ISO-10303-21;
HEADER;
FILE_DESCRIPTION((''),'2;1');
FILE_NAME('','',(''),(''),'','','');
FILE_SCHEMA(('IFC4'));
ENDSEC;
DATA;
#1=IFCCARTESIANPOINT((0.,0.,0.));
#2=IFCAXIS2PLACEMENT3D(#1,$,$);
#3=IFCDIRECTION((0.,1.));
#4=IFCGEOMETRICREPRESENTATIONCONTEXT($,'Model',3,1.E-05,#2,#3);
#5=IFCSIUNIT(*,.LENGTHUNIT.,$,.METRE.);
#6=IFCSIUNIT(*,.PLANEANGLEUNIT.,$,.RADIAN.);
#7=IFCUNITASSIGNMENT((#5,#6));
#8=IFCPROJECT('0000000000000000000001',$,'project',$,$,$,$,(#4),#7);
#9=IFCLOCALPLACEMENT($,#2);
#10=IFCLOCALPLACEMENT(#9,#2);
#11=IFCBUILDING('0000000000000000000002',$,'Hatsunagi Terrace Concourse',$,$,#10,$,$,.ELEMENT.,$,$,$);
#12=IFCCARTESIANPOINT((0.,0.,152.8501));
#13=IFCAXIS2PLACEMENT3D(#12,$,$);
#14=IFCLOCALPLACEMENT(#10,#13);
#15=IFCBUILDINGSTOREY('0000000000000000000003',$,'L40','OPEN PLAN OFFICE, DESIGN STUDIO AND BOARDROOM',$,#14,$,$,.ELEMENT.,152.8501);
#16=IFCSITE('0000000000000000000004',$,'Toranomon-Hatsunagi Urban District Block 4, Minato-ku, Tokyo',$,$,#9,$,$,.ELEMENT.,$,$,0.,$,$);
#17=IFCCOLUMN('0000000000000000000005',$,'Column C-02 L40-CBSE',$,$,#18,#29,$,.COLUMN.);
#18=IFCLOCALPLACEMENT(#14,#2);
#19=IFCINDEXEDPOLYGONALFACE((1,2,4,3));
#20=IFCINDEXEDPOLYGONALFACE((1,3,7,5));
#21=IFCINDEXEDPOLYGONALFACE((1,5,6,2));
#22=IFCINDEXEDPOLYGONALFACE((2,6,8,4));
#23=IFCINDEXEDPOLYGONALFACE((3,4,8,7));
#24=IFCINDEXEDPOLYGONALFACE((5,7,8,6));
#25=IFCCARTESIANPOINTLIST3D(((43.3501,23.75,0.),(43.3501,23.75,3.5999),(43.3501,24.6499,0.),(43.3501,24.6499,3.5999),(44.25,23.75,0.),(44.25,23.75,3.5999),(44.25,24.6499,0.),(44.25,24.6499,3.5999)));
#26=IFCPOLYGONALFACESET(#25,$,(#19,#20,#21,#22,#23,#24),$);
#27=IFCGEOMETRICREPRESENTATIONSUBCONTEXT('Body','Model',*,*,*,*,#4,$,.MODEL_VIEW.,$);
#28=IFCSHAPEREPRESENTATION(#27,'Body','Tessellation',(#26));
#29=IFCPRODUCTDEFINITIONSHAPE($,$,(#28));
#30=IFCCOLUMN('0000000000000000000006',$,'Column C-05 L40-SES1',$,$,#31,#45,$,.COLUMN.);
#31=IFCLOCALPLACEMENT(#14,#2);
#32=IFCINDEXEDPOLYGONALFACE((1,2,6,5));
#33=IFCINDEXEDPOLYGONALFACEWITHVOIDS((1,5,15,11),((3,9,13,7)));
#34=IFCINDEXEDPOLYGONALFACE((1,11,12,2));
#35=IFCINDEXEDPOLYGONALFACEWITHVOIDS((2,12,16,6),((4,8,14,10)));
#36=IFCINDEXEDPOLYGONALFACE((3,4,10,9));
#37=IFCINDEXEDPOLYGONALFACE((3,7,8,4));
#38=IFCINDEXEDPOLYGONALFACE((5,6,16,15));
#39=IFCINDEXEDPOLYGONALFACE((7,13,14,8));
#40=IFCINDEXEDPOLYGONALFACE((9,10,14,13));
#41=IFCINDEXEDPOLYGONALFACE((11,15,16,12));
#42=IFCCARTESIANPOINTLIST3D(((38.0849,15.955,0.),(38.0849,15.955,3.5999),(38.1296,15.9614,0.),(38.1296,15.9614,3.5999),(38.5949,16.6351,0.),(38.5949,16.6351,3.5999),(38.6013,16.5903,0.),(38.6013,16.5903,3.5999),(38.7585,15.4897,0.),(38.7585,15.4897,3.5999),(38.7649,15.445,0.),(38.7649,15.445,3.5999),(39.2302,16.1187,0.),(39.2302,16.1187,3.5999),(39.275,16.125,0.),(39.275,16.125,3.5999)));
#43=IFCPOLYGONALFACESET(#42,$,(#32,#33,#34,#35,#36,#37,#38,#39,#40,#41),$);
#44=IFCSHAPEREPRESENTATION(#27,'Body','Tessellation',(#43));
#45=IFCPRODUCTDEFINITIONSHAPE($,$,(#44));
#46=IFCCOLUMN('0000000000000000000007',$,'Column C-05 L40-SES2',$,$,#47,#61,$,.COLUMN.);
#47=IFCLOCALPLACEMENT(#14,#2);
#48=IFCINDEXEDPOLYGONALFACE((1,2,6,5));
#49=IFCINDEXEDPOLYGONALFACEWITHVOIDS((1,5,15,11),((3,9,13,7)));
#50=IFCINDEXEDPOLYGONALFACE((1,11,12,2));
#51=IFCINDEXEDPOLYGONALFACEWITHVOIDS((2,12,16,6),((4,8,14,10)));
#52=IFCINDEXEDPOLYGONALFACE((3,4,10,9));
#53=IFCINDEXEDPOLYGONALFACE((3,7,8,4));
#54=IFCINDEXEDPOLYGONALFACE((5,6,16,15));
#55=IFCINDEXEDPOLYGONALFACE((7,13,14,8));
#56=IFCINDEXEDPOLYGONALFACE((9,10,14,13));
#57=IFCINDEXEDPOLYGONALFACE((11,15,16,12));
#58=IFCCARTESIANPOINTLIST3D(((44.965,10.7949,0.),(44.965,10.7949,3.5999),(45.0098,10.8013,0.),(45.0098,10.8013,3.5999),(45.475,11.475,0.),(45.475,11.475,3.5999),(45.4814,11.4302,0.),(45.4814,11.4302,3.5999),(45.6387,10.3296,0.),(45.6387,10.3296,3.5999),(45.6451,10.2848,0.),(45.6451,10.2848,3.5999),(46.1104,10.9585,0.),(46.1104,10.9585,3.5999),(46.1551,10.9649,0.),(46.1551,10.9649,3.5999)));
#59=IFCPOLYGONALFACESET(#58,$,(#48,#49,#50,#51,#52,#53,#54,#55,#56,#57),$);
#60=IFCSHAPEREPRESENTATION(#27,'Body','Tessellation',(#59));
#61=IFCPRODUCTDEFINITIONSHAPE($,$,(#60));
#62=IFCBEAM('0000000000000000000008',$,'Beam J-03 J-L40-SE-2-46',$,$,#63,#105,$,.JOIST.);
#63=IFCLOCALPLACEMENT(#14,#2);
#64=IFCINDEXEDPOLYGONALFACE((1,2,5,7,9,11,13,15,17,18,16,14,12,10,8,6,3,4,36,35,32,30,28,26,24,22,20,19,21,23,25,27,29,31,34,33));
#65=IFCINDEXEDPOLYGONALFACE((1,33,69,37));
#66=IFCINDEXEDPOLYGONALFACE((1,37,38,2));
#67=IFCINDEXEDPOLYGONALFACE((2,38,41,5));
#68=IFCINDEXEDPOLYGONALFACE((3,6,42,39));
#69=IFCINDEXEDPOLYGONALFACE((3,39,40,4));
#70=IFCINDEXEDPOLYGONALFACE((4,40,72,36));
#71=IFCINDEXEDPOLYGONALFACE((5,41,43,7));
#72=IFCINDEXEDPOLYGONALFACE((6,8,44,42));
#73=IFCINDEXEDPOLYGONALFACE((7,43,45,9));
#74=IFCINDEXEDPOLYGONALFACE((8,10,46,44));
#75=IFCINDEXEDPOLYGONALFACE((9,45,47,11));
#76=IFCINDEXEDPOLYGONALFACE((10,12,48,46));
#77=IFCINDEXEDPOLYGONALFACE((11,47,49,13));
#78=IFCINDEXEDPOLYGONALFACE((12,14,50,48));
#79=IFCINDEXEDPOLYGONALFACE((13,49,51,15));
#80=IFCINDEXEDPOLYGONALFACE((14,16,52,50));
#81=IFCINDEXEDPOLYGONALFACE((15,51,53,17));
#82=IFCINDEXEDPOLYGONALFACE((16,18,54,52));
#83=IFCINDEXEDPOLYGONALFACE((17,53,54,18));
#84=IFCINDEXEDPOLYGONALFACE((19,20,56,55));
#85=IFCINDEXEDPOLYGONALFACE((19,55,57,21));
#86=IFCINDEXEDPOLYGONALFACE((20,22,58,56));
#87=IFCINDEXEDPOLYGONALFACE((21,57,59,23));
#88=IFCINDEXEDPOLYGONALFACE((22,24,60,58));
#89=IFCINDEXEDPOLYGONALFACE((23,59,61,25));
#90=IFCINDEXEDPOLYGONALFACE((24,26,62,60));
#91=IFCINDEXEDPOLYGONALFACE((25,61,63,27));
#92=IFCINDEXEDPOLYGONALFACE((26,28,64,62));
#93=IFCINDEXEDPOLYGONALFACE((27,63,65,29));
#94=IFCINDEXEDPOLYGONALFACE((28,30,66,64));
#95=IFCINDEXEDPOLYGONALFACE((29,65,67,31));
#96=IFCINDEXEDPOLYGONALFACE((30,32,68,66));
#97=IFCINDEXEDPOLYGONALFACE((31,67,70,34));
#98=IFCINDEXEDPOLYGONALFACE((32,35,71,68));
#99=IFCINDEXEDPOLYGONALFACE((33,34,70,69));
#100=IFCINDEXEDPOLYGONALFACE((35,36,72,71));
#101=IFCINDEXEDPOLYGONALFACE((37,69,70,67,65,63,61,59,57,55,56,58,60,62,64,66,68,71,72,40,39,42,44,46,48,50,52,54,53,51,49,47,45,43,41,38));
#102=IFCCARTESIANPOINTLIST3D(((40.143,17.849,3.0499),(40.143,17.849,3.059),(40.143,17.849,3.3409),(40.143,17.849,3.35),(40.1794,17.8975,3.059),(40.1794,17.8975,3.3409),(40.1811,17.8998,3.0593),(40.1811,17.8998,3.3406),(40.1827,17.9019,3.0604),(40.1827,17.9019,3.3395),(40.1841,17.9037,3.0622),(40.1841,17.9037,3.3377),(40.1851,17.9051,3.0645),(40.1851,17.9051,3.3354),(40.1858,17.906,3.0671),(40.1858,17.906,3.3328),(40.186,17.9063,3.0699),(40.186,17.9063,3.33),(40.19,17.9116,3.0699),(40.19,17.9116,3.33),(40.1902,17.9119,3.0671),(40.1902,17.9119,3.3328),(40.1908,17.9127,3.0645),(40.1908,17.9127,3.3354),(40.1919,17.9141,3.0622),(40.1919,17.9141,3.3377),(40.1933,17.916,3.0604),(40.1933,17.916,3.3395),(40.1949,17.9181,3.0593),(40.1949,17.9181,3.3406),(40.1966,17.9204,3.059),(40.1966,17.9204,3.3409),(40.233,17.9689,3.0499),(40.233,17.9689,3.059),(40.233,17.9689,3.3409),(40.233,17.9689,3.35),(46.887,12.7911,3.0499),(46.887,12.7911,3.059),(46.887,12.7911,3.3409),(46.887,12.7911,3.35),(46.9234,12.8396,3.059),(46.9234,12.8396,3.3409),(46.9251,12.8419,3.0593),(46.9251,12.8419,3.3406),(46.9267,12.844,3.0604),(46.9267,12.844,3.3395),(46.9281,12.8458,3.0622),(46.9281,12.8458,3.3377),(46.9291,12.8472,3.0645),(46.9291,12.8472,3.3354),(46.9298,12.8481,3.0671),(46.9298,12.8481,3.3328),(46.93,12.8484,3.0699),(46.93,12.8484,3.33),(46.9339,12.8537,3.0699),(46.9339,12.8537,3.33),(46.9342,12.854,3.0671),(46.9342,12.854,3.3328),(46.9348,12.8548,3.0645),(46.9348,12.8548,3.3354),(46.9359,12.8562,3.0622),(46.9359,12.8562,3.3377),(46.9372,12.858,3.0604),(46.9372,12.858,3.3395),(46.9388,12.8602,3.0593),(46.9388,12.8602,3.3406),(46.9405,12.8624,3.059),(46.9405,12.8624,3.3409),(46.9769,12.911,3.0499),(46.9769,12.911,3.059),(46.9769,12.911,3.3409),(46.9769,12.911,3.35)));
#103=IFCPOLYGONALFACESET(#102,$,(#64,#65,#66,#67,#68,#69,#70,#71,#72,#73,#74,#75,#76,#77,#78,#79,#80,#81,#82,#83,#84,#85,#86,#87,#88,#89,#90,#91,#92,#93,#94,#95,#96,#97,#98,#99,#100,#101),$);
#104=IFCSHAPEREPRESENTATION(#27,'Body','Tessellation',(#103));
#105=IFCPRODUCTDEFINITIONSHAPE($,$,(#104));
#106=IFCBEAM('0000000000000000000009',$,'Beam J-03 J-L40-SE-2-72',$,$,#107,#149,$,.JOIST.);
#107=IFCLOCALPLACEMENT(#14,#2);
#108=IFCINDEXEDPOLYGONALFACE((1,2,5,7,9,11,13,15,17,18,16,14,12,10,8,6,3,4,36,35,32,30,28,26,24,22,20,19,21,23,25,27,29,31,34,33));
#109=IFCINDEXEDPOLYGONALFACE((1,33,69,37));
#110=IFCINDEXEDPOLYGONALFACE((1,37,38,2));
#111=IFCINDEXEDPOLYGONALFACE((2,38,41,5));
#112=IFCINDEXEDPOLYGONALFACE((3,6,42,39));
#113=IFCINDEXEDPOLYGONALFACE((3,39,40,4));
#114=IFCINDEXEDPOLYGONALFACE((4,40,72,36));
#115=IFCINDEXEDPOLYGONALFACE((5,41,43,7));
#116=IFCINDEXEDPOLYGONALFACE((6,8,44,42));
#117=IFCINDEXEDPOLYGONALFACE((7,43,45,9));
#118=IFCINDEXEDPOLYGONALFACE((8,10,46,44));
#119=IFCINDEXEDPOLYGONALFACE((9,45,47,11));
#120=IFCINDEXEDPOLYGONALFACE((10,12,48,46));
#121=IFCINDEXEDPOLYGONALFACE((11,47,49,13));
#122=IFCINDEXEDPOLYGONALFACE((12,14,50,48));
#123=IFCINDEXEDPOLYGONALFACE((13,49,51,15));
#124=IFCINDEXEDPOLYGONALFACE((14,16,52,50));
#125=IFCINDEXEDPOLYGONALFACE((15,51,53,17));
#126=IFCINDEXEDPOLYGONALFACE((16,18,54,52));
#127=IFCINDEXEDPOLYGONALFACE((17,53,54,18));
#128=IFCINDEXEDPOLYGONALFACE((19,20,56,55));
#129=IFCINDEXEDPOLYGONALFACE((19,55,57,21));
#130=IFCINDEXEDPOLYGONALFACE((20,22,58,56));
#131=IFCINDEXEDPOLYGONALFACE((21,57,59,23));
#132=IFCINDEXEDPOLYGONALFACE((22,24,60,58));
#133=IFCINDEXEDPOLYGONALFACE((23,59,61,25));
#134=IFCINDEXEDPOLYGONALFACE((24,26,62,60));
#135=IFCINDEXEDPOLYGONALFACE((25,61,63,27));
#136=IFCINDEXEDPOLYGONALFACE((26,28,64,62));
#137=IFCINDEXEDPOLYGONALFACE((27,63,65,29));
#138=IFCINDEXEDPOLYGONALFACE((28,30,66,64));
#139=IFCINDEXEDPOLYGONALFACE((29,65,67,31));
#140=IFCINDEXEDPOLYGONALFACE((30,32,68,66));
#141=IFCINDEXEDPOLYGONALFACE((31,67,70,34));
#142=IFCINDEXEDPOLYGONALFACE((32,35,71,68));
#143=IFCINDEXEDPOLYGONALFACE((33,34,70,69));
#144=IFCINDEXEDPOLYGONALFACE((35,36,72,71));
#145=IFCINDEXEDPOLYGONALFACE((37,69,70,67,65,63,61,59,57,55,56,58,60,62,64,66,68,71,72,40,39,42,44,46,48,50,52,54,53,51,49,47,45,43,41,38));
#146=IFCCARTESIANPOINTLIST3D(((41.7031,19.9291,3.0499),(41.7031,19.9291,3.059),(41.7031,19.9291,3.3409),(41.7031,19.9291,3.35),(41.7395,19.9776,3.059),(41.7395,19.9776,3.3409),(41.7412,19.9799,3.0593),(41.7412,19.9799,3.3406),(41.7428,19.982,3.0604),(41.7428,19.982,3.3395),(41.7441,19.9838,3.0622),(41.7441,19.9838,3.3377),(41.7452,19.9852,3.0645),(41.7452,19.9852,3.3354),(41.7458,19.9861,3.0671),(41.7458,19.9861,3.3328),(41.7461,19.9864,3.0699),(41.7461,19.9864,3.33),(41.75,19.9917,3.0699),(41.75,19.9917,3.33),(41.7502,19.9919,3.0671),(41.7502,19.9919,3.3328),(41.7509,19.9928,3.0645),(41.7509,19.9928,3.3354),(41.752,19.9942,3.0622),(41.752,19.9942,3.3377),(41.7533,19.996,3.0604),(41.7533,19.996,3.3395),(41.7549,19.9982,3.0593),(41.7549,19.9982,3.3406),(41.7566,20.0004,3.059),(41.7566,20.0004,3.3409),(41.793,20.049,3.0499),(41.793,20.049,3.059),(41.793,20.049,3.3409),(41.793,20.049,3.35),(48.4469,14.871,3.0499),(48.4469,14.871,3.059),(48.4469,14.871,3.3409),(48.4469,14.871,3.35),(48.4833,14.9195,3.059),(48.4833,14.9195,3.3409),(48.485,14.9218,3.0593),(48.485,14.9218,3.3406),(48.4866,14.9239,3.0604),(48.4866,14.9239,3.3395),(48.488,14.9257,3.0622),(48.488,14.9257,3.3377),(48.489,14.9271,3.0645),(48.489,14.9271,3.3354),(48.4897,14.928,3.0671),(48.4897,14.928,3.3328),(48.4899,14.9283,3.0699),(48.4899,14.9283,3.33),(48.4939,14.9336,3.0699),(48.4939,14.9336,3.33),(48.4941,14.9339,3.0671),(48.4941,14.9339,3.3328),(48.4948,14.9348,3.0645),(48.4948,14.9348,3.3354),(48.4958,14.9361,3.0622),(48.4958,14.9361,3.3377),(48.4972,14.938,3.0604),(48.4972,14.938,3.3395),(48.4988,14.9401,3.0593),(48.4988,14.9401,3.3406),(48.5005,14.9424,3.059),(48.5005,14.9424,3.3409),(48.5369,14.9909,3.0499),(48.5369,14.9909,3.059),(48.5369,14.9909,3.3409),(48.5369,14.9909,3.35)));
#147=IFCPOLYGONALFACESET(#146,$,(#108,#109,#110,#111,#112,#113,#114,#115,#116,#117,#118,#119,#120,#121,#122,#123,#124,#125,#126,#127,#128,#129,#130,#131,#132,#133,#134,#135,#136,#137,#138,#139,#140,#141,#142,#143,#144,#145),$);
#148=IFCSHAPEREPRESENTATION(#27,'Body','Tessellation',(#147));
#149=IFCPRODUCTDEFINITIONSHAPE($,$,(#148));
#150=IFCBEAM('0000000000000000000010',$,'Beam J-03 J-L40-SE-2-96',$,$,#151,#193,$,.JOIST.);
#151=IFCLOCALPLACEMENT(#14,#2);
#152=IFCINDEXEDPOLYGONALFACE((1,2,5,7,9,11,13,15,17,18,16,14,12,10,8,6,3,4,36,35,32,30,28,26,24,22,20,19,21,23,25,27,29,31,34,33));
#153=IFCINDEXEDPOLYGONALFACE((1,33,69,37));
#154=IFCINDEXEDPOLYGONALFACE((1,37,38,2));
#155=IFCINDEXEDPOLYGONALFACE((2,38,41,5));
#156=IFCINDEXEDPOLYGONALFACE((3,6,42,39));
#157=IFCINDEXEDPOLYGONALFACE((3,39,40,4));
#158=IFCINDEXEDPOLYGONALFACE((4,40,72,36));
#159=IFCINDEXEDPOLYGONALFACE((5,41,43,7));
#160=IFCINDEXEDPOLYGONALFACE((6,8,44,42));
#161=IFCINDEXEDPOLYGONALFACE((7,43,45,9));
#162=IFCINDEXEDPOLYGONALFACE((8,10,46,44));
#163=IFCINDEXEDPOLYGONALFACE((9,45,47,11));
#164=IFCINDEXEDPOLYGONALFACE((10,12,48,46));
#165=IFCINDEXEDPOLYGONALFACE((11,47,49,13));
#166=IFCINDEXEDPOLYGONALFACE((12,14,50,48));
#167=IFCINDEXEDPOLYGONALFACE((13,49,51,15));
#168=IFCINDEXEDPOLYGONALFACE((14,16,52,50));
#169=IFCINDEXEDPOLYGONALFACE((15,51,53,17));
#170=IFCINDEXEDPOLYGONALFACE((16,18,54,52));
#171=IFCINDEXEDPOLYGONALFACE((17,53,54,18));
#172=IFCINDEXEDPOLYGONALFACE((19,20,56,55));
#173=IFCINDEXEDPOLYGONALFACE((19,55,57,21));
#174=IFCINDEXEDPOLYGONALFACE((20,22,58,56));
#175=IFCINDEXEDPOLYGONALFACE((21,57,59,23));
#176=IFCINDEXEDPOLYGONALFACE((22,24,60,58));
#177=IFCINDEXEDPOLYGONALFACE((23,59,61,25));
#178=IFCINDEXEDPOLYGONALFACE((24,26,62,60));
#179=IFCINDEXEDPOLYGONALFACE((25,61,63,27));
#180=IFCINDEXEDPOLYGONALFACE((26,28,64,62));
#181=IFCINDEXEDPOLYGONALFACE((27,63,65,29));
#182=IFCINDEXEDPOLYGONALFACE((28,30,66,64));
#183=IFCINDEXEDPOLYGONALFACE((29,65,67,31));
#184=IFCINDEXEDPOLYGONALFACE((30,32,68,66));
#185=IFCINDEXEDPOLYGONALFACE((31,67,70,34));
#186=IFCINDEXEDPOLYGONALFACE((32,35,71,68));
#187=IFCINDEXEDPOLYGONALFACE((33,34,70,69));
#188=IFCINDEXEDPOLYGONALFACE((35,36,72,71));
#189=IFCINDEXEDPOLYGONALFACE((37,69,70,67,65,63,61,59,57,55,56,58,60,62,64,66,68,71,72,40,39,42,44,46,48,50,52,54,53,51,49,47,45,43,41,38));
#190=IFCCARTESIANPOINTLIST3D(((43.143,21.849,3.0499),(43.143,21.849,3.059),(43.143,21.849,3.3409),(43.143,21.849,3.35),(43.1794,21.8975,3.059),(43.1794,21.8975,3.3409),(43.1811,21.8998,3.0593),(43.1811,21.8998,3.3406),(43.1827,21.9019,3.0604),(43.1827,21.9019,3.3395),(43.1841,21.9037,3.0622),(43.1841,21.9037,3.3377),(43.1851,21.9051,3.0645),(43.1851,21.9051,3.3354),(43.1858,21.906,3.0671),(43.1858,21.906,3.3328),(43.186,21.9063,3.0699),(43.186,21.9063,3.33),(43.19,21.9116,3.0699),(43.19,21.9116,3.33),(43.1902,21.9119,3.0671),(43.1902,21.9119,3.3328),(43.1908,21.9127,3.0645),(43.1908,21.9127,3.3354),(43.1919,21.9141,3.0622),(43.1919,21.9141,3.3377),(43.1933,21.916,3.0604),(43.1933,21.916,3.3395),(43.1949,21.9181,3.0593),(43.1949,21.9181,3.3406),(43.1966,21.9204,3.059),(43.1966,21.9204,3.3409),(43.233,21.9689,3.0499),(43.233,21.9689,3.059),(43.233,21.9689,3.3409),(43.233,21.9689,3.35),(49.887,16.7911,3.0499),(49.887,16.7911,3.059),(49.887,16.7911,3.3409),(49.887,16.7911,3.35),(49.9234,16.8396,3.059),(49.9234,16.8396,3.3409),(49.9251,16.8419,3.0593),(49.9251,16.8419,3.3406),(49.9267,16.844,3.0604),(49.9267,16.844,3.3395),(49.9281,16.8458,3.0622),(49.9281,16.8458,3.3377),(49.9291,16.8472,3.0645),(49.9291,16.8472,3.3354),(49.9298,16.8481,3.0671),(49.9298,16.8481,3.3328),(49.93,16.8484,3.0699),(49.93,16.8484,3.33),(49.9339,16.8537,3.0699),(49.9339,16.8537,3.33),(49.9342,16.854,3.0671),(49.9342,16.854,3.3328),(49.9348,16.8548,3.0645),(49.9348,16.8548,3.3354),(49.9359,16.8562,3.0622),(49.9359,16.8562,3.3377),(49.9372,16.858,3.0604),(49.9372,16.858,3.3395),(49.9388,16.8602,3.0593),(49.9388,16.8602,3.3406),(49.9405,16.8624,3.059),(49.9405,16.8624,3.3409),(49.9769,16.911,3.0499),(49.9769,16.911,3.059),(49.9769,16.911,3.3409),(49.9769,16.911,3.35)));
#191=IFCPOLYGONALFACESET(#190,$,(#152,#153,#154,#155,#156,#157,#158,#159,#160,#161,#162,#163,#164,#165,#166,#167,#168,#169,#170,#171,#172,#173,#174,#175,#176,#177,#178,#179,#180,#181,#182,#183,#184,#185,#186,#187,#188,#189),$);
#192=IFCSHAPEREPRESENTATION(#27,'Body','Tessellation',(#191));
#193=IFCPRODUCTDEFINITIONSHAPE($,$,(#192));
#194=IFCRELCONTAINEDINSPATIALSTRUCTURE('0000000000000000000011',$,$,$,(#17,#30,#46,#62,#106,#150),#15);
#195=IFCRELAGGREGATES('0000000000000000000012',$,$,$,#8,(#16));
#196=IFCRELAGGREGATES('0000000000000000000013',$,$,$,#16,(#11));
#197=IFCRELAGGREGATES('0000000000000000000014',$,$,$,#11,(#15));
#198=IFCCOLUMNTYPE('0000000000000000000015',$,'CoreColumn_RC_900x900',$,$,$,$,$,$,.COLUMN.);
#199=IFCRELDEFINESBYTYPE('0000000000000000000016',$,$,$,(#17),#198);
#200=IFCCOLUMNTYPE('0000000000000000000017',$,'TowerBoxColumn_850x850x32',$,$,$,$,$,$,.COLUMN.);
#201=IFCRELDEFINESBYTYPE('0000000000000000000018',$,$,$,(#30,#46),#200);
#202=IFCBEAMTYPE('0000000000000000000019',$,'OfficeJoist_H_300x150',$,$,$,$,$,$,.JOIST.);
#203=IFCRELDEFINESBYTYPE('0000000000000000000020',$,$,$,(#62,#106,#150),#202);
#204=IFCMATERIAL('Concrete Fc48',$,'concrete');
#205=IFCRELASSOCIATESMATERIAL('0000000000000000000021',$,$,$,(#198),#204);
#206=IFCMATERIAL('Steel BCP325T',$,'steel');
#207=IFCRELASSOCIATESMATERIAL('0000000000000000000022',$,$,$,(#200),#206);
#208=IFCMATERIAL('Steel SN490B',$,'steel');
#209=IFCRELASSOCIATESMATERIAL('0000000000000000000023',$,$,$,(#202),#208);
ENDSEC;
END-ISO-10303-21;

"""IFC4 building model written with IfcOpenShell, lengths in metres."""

from ifc_helpers import new_model, si_unit, direction, frame, origin, origin_2d, place, context, subcontext, project, spatial, rectangle, hollow_rectangle, i_section, extrude, material, material_profile, profile_set, type_object, element, save


model = new_model("IFC4")

# Units and contexts
model_context = context("Model", 3, precision=1e-05, world=origin(), true_north=direction((0.0, 1.0)))
body_context = subcontext(model_context, "Body", "Model", "MODEL_VIEW")
ifc_project = project(units=[si_unit("LENGTHUNIT", "METRE"), si_unit("PLANEANGLEUNIT", "RADIAN")], contexts=[model_context])

# Site, building, storey
site_placement = place(None, origin())
site = spatial("IfcSite", under=ifc_project, at=site_placement, Name="Toranomon-Hatsunagi Urban District Block 4, Minato-ku, Tokyo", CompositionType="ELEMENT", RefElevation=0.0)
building_placement = place(site_placement, origin())
building = spatial("IfcBuilding", under=site, at=building_placement, Name="Hatsunagi Terrace Concourse", CompositionType="ELEMENT")
storey_placement = place(building_placement, frame((0.0, 0.0, 152.8501)))
storey = spatial("IfcBuildingStorey", under=building, at=storey_placement, Name="L40", Description="OPEN PLAN OFFICE, DESIGN STUDIO AND BOARDROOM", CompositionType="ELEMENT", Elevation=152.8501)

# Columns
ifc_material_1 = material(Name="Concrete Fc48", Category="concrete")
ifc_material_profile_1 = material_profile(ifc_material_1, rectangle(XDim=0.8999, YDim=0.8999, at=origin_2d()), Name="RC-900x900")
ifc_profile_set_1 = profile_set([ifc_material_profile_1], Name="Concrete Fc48")
column_type_1 = type_object("IfcColumnType", Name="CoreColumn_RC_900x900", PredefinedType="COLUMN", material=ifc_profile_set_1)
column_placement = place(storey_placement, frame((43.8, 24.2, 0.0), z_axis=(0.0, 0.0, 1.0), x_axis=(1.0, 0.0, 0.0)))
element("IfcColumn", 1, at=column_placement, inside=storey, type_object=column_type_1, Name="Column C-02 L40-CBSE", PredefinedType="COLUMN", context=body_context, shape_type="SweptSolid", body=[
    extrude(rectangle(XDim=0.8999, YDim=0.8999, at=origin_2d()), origin(), (0.0, 0.0, 1.0), 3.5999),
])
ifc_material_2 = material(Name="Steel BCP325T", Category="steel")
ifc_material_profile_2 = material_profile(ifc_material_2, hollow_rectangle(XDim=0.8501, YDim=0.8501, WallThickness=0.032, at=origin_2d()), Name="BCP-850x850x32")
ifc_profile_set_2 = profile_set([ifc_material_profile_2], Name="Steel BCP325T")
column_type_2 = type_object("IfcColumnType", Name="TowerBoxColumn_850x850x32", PredefinedType="COLUMN", material=ifc_profile_set_2)
for number, where, z_axis, x_axis, name in (
    (2, (38.6799, 16.04, 0.0), (0.0, 0.0, 1.0), (0.8, -0.6, 0.0), "Column C-05 L40-SES1"),
    (3, (45.5601, 10.8799, 0.0), (0.0, 0.0, 1.0), (0.8, -0.6, 0.0), "Column C-05 L40-SES2"),
):
    element("IfcColumn", number, at=place(storey_placement, frame(where, z_axis=z_axis, x_axis=x_axis)), inside=storey, type_object=column_type_2, Name=name, PredefinedType="COLUMN", context=body_context, shape_type="SweptSolid", body=[
        extrude(hollow_rectangle(XDim=0.8501, YDim=0.8501, WallThickness=0.032, at=origin_2d()), origin(), (0.0, 0.0, 1.0), 3.5999),
    ])

# Beams
ifc_material_3 = material(Name="Steel SN490B", Category="steel")
ifc_material_profile_3 = material_profile(ifc_material_3, i_section(OverallWidth=0.1499, OverallDepth=0.3, WebThickness=0.0066, FlangeThickness=0.009, FilletRadius=0.011, at=origin_2d()), Name="H-300x150x6.5x9")
ifc_profile_set_3 = profile_set([ifc_material_profile_3], Name="Steel SN490B")
beam_type_1 = type_object("IfcBeamType", Name="OfficeJoist_H_300x150", PredefinedType="JOIST", material=ifc_profile_set_3)
for number, where, z_axis, x_axis, name in (
    (4, (40.188, 17.9089, 3.2), (0.800003, -0.599995, 0.0), (0.599995, 0.800003, 0.0), "Beam J-03 J-L40-SE-2-46"),
    (5, (41.748, 19.989, 3.2), (0.79999, -0.600014, 0.0), (0.600014, 0.79999, 0.0), "Beam J-03 J-L40-SE-2-72"),
    (6, (43.188, 21.9089, 3.2), (0.800003, -0.599995, 0.0), (0.599995, 0.800003, 0.0), "Beam J-03 J-L40-SE-2-96"),
):
    element("IfcBeam", number, at=place(storey_placement, frame(where, z_axis=z_axis, x_axis=x_axis)), inside=storey, type_object=beam_type_1, Name=name, PredefinedType="JOIST", context=body_context, shape_type="SweptSolid", body=[
        extrude(i_section(OverallWidth=0.1499, OverallDepth=0.3, WebThickness=0.0066, FlangeThickness=0.009, FilletRadius=0.011, at=origin_2d()), origin(), (0.0, 0.0, 1.0), 8.4299),
    ])

save(model, "model.ifc")
